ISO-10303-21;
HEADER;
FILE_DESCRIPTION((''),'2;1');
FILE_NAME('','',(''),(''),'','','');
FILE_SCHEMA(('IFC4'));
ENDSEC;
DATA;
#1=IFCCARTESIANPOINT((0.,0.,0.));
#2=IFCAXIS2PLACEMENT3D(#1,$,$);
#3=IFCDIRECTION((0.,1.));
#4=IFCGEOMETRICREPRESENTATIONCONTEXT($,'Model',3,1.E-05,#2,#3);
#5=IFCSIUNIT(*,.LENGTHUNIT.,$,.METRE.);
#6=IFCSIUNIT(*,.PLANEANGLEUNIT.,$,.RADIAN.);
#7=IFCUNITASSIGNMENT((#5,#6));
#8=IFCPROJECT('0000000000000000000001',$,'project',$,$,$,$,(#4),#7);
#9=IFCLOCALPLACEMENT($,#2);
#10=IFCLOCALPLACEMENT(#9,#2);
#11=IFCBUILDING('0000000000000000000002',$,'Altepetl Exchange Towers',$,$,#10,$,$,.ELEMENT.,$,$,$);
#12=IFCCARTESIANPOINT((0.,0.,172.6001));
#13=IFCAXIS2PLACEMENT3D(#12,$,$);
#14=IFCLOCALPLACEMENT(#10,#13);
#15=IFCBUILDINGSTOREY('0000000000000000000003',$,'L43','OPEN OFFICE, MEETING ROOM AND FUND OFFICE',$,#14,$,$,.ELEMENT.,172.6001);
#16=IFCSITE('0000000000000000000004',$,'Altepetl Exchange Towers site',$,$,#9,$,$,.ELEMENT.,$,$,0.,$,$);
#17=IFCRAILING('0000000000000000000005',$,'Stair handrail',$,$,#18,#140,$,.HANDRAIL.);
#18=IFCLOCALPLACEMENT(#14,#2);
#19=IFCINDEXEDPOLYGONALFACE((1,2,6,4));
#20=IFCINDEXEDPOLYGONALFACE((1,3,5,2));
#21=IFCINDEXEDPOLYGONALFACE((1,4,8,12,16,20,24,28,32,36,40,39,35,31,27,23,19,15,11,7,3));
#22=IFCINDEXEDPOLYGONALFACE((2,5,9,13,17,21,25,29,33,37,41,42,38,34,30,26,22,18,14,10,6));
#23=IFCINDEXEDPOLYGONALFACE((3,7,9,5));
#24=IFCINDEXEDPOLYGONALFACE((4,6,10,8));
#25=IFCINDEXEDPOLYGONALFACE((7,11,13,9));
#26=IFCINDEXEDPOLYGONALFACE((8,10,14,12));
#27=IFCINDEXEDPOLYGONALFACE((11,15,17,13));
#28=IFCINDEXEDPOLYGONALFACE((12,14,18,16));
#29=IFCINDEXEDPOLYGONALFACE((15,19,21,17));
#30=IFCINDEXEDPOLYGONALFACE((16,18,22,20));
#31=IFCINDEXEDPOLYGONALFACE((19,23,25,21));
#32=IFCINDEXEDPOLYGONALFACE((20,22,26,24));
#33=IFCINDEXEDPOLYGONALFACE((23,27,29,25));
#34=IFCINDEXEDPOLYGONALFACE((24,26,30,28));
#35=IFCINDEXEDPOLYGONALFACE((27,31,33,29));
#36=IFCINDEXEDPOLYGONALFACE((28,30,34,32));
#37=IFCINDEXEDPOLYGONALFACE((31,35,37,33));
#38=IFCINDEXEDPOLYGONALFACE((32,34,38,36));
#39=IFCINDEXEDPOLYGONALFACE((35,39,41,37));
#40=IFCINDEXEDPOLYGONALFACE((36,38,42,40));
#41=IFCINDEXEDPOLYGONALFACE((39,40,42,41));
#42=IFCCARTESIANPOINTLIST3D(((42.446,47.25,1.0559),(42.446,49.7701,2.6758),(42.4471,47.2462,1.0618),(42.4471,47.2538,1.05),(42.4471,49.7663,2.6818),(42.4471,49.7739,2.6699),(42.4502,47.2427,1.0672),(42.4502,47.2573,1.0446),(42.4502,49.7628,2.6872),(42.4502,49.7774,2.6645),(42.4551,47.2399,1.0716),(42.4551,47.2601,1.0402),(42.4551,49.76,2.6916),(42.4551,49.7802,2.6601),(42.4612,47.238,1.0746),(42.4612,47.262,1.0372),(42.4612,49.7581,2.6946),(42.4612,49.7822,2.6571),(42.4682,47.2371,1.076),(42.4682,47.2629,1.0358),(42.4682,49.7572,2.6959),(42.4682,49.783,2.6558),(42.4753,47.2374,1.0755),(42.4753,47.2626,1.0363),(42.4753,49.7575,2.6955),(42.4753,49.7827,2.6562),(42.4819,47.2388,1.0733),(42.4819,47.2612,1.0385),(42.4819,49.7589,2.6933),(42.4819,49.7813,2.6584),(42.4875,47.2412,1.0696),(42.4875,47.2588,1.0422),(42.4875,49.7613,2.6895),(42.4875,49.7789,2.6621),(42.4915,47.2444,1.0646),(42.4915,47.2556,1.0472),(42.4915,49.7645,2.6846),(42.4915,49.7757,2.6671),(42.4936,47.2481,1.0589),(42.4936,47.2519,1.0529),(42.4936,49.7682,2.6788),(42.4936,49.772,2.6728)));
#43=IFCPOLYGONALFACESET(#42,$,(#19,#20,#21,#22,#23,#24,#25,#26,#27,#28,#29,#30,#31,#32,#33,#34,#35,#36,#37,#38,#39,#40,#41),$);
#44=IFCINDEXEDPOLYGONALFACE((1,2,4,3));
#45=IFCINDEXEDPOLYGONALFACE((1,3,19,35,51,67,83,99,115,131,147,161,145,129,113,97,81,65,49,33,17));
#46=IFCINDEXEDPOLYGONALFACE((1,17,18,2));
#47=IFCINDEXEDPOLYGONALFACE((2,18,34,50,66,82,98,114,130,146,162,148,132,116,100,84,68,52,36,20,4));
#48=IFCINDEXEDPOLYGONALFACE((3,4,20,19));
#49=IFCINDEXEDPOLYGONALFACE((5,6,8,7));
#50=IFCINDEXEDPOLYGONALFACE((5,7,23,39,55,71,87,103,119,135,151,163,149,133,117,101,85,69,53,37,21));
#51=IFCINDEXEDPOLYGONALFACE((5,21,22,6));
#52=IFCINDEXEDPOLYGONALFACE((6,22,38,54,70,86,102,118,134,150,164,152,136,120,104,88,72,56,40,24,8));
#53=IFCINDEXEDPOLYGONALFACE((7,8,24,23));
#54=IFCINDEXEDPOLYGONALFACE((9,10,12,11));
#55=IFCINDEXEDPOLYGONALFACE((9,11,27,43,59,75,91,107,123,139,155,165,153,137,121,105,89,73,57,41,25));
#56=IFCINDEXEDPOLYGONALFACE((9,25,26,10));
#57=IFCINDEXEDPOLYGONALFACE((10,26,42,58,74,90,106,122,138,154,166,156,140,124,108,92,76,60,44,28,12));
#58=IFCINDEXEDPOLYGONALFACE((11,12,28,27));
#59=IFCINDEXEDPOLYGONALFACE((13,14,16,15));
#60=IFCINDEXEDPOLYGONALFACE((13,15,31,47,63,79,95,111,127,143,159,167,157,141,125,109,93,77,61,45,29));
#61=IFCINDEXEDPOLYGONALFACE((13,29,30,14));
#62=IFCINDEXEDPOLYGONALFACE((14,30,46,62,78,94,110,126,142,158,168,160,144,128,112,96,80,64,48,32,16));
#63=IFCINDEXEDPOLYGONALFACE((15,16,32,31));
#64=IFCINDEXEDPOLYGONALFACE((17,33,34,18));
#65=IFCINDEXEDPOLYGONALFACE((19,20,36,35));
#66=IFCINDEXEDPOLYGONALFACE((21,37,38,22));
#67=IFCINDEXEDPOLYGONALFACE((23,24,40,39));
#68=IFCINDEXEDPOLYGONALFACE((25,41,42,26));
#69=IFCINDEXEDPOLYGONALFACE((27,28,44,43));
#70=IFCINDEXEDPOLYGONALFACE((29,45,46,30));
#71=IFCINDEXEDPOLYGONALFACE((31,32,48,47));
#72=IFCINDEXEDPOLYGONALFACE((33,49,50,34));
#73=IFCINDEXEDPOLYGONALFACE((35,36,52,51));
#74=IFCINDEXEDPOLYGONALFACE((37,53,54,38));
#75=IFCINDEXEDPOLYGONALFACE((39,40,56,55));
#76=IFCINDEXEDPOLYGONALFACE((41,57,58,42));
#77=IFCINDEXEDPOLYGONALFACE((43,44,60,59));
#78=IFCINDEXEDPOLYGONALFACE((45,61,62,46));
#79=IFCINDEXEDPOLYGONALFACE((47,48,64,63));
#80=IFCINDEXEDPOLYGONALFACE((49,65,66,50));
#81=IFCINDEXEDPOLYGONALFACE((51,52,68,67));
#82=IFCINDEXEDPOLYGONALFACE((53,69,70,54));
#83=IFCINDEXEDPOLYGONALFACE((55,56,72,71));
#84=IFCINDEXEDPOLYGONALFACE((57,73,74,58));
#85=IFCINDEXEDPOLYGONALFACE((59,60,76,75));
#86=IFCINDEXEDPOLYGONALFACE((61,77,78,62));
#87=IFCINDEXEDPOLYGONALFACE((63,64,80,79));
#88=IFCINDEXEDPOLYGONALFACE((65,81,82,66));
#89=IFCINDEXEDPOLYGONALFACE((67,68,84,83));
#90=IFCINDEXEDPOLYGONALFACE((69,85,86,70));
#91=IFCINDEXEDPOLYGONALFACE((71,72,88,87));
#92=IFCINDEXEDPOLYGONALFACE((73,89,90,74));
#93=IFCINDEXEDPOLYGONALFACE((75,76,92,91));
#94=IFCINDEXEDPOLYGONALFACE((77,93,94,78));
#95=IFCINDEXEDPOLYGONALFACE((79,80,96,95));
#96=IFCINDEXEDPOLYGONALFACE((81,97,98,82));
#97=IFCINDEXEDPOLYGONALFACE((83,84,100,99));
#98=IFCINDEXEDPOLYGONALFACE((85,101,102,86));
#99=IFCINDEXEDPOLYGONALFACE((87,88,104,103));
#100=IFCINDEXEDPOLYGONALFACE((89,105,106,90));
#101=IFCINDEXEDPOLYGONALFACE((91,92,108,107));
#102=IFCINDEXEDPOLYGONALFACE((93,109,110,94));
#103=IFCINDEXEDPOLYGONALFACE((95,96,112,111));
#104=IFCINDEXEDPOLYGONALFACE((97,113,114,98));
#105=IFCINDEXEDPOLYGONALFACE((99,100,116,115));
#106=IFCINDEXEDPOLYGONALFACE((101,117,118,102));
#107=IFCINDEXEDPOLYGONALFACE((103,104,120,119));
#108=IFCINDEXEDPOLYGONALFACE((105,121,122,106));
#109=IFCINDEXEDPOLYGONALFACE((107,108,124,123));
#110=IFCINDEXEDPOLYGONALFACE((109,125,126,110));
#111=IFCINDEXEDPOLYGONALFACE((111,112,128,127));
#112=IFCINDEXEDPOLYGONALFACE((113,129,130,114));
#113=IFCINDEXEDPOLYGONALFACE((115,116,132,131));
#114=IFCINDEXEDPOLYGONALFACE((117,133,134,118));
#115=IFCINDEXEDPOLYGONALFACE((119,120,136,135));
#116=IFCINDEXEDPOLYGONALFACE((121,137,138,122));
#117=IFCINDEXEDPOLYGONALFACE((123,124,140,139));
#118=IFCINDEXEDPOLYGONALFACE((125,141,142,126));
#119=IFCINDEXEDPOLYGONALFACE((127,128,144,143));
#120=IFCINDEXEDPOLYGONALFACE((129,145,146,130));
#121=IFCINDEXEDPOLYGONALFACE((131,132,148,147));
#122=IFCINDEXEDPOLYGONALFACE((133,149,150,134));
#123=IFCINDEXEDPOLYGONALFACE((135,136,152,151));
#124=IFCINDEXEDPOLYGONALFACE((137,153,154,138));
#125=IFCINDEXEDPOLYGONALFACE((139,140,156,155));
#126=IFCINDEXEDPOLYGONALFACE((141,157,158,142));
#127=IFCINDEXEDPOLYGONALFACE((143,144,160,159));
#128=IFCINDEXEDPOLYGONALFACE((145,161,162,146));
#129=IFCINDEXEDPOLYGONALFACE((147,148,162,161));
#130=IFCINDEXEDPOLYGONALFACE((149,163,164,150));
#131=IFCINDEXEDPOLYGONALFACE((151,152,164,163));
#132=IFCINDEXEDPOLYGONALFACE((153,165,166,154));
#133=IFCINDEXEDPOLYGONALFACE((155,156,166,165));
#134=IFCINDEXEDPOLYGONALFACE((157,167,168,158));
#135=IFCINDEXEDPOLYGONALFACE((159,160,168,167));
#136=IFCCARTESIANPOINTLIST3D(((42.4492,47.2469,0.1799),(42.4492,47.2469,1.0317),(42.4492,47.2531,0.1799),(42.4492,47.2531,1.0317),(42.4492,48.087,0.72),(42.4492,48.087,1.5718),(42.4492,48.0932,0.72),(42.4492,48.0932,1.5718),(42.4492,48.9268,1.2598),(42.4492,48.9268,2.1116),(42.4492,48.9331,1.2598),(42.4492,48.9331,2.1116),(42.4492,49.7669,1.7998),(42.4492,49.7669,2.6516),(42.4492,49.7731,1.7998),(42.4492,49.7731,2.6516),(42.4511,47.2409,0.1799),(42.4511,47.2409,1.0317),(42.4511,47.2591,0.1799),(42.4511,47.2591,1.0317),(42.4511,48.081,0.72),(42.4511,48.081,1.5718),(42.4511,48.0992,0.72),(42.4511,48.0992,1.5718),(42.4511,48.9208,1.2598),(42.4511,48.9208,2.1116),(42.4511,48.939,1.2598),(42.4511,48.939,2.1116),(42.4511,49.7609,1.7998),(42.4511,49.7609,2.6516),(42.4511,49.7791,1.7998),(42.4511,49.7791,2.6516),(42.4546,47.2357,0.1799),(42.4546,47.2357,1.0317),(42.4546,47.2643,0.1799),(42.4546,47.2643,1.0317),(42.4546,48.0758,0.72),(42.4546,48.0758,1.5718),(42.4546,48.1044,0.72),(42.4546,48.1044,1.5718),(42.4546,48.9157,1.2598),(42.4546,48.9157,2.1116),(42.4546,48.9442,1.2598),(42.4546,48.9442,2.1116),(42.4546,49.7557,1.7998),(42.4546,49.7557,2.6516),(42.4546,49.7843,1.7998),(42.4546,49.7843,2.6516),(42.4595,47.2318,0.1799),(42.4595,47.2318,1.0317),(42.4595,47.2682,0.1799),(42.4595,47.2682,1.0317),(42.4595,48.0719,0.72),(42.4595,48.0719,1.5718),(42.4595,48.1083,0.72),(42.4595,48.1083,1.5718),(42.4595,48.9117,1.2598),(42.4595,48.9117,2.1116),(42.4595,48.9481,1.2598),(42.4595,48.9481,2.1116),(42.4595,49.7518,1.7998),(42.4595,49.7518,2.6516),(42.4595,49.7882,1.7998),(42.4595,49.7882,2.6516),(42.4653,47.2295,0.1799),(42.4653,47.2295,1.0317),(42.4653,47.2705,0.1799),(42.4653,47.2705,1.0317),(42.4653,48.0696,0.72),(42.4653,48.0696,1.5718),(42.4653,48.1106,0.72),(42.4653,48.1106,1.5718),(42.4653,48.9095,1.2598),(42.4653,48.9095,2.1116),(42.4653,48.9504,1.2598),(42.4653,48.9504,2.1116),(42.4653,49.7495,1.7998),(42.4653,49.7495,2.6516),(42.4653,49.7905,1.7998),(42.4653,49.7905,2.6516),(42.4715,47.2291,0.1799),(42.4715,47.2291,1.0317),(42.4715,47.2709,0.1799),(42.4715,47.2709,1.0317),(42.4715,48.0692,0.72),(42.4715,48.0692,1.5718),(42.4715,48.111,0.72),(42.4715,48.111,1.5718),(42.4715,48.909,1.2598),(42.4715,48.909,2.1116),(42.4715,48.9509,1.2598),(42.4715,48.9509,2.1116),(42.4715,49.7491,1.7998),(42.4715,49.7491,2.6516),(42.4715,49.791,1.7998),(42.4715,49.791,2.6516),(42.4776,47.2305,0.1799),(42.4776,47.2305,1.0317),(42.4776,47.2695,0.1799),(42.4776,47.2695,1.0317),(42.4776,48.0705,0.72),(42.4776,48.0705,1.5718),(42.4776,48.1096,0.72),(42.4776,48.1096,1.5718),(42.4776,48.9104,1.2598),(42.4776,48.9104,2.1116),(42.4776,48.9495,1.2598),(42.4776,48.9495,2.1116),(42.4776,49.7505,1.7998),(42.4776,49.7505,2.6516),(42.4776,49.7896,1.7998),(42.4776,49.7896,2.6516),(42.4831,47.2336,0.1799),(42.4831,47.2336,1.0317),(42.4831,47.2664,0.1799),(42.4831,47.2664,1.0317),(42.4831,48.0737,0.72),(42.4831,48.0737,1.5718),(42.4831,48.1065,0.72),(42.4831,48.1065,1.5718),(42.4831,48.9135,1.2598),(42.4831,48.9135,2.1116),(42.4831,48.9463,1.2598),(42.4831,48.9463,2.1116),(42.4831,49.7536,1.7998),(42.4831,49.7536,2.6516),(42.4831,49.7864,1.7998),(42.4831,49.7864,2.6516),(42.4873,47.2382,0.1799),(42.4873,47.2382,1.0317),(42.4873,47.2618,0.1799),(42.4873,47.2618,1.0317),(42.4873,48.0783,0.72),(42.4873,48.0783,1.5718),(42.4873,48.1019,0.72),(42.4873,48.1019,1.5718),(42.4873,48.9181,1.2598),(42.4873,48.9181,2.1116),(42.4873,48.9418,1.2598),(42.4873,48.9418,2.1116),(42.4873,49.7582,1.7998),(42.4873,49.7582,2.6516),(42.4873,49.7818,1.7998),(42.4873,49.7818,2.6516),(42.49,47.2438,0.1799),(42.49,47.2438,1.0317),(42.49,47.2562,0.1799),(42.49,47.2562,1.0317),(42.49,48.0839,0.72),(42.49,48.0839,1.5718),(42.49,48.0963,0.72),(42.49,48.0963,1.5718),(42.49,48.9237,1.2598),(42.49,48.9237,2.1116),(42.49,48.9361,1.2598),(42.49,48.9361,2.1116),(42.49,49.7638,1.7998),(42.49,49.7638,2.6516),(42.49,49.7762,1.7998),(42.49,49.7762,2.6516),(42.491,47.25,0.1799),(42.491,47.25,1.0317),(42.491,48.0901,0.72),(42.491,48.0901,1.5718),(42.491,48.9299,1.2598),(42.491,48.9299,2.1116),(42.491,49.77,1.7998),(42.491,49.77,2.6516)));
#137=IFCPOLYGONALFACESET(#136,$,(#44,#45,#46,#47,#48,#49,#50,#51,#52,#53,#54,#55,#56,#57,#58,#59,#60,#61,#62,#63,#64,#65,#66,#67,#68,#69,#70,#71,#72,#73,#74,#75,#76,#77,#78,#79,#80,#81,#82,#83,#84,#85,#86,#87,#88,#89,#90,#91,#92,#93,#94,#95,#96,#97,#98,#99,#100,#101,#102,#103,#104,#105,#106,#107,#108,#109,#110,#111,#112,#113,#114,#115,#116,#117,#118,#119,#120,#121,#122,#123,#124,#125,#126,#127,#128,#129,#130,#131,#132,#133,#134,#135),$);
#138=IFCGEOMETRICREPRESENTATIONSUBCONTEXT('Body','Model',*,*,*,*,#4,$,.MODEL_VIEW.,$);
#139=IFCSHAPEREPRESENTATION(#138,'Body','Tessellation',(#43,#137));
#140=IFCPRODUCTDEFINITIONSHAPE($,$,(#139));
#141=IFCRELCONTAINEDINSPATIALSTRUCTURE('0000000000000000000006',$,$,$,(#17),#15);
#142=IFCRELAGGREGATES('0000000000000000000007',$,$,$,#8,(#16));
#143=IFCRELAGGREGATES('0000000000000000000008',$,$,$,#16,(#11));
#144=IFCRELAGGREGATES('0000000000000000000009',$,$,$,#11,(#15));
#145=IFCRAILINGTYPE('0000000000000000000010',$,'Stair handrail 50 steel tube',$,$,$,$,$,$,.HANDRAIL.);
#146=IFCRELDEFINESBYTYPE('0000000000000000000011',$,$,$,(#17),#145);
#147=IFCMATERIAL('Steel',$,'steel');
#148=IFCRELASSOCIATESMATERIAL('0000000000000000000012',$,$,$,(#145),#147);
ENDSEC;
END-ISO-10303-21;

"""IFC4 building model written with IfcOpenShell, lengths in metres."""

from ifc_helpers import new_model, si_unit, direction, frame, origin, origin_2d, place, context, subcontext, project, spatial, circle, extrude, source, transform, mapped, material, type_object, element, save


model = new_model("IFC4")

# Units and contexts
model_context = context("Model", 3, precision=1e-05, world=origin(), true_north=direction((0.0, 1.0)))
body_context = subcontext(model_context, "Body", "Model", "MODEL_VIEW")
ifc_project = project(units=[si_unit("LENGTHUNIT", "METRE"), si_unit("PLANEANGLEUNIT", "RADIAN")], contexts=[model_context])

# Site, building, storey
site_placement = place(None, origin())
site = spatial("IfcSite", under=ifc_project, at=site_placement, Name="Altepetl Exchange Towers site", CompositionType="ELEMENT", RefElevation=0.0)
building_placement = place(site_placement, origin())
building = spatial("IfcBuilding", under=site, at=building_placement, Name="Altepetl Exchange Towers", CompositionType="ELEMENT")
storey_placement = place(building_placement, frame((0.0, 0.0, 172.6001)))
storey = spatial("IfcBuildingStorey", under=building, at=storey_placement, Name="L43", Description="OPEN OFFICE, MEETING ROOM AND FUND OFFICE", CompositionType="ELEMENT", Elevation=172.6001)

# Railing
ifc_material_1 = material(Name="Steel", Category="steel")
railing_type = type_object("IfcRailingType", Name="Stair handrail 50 steel tube", PredefinedType="HANDRAIL", material=ifc_material_1)
shared_shape = source(origin(), body_context, "Body", "SweptSolid", [
    extrude(circle(Radius=0.021, at=origin_2d()), origin(), (0.0, 0.0, 1.0), 0.8518),
])
railing_1_placement = place(storey_placement, frame((42.47, 47.25, 0.1799)))
element("IfcRailing", 1, at=railing_1_placement, inside=storey, type_object=railing_type, Name="Stair handrail", PredefinedType="HANDRAIL", context=body_context, shape_type="SweptSolid", body=[
    extrude(circle(Radius=0.0239, at=origin_2d()), frame((0.0, 0.0, 0.876), z_axis=(0.0, 0.8412, 0.540725), x_axis=(-1.0, 0.0, 0.0)), (0.0, 0.0, 1.0), 2.9958),
    mapped(shared_shape, transform((0.0, 0.0, 0.0))),
    mapped(shared_shape, transform((0.0, 0.8401, 0.54))),
    mapped(shared_shape, transform((0.0, 1.6799, 1.0798))),
    mapped(shared_shape, transform((0.0, 2.52, 1.6199))),
])

save(model, "model.ifc")
